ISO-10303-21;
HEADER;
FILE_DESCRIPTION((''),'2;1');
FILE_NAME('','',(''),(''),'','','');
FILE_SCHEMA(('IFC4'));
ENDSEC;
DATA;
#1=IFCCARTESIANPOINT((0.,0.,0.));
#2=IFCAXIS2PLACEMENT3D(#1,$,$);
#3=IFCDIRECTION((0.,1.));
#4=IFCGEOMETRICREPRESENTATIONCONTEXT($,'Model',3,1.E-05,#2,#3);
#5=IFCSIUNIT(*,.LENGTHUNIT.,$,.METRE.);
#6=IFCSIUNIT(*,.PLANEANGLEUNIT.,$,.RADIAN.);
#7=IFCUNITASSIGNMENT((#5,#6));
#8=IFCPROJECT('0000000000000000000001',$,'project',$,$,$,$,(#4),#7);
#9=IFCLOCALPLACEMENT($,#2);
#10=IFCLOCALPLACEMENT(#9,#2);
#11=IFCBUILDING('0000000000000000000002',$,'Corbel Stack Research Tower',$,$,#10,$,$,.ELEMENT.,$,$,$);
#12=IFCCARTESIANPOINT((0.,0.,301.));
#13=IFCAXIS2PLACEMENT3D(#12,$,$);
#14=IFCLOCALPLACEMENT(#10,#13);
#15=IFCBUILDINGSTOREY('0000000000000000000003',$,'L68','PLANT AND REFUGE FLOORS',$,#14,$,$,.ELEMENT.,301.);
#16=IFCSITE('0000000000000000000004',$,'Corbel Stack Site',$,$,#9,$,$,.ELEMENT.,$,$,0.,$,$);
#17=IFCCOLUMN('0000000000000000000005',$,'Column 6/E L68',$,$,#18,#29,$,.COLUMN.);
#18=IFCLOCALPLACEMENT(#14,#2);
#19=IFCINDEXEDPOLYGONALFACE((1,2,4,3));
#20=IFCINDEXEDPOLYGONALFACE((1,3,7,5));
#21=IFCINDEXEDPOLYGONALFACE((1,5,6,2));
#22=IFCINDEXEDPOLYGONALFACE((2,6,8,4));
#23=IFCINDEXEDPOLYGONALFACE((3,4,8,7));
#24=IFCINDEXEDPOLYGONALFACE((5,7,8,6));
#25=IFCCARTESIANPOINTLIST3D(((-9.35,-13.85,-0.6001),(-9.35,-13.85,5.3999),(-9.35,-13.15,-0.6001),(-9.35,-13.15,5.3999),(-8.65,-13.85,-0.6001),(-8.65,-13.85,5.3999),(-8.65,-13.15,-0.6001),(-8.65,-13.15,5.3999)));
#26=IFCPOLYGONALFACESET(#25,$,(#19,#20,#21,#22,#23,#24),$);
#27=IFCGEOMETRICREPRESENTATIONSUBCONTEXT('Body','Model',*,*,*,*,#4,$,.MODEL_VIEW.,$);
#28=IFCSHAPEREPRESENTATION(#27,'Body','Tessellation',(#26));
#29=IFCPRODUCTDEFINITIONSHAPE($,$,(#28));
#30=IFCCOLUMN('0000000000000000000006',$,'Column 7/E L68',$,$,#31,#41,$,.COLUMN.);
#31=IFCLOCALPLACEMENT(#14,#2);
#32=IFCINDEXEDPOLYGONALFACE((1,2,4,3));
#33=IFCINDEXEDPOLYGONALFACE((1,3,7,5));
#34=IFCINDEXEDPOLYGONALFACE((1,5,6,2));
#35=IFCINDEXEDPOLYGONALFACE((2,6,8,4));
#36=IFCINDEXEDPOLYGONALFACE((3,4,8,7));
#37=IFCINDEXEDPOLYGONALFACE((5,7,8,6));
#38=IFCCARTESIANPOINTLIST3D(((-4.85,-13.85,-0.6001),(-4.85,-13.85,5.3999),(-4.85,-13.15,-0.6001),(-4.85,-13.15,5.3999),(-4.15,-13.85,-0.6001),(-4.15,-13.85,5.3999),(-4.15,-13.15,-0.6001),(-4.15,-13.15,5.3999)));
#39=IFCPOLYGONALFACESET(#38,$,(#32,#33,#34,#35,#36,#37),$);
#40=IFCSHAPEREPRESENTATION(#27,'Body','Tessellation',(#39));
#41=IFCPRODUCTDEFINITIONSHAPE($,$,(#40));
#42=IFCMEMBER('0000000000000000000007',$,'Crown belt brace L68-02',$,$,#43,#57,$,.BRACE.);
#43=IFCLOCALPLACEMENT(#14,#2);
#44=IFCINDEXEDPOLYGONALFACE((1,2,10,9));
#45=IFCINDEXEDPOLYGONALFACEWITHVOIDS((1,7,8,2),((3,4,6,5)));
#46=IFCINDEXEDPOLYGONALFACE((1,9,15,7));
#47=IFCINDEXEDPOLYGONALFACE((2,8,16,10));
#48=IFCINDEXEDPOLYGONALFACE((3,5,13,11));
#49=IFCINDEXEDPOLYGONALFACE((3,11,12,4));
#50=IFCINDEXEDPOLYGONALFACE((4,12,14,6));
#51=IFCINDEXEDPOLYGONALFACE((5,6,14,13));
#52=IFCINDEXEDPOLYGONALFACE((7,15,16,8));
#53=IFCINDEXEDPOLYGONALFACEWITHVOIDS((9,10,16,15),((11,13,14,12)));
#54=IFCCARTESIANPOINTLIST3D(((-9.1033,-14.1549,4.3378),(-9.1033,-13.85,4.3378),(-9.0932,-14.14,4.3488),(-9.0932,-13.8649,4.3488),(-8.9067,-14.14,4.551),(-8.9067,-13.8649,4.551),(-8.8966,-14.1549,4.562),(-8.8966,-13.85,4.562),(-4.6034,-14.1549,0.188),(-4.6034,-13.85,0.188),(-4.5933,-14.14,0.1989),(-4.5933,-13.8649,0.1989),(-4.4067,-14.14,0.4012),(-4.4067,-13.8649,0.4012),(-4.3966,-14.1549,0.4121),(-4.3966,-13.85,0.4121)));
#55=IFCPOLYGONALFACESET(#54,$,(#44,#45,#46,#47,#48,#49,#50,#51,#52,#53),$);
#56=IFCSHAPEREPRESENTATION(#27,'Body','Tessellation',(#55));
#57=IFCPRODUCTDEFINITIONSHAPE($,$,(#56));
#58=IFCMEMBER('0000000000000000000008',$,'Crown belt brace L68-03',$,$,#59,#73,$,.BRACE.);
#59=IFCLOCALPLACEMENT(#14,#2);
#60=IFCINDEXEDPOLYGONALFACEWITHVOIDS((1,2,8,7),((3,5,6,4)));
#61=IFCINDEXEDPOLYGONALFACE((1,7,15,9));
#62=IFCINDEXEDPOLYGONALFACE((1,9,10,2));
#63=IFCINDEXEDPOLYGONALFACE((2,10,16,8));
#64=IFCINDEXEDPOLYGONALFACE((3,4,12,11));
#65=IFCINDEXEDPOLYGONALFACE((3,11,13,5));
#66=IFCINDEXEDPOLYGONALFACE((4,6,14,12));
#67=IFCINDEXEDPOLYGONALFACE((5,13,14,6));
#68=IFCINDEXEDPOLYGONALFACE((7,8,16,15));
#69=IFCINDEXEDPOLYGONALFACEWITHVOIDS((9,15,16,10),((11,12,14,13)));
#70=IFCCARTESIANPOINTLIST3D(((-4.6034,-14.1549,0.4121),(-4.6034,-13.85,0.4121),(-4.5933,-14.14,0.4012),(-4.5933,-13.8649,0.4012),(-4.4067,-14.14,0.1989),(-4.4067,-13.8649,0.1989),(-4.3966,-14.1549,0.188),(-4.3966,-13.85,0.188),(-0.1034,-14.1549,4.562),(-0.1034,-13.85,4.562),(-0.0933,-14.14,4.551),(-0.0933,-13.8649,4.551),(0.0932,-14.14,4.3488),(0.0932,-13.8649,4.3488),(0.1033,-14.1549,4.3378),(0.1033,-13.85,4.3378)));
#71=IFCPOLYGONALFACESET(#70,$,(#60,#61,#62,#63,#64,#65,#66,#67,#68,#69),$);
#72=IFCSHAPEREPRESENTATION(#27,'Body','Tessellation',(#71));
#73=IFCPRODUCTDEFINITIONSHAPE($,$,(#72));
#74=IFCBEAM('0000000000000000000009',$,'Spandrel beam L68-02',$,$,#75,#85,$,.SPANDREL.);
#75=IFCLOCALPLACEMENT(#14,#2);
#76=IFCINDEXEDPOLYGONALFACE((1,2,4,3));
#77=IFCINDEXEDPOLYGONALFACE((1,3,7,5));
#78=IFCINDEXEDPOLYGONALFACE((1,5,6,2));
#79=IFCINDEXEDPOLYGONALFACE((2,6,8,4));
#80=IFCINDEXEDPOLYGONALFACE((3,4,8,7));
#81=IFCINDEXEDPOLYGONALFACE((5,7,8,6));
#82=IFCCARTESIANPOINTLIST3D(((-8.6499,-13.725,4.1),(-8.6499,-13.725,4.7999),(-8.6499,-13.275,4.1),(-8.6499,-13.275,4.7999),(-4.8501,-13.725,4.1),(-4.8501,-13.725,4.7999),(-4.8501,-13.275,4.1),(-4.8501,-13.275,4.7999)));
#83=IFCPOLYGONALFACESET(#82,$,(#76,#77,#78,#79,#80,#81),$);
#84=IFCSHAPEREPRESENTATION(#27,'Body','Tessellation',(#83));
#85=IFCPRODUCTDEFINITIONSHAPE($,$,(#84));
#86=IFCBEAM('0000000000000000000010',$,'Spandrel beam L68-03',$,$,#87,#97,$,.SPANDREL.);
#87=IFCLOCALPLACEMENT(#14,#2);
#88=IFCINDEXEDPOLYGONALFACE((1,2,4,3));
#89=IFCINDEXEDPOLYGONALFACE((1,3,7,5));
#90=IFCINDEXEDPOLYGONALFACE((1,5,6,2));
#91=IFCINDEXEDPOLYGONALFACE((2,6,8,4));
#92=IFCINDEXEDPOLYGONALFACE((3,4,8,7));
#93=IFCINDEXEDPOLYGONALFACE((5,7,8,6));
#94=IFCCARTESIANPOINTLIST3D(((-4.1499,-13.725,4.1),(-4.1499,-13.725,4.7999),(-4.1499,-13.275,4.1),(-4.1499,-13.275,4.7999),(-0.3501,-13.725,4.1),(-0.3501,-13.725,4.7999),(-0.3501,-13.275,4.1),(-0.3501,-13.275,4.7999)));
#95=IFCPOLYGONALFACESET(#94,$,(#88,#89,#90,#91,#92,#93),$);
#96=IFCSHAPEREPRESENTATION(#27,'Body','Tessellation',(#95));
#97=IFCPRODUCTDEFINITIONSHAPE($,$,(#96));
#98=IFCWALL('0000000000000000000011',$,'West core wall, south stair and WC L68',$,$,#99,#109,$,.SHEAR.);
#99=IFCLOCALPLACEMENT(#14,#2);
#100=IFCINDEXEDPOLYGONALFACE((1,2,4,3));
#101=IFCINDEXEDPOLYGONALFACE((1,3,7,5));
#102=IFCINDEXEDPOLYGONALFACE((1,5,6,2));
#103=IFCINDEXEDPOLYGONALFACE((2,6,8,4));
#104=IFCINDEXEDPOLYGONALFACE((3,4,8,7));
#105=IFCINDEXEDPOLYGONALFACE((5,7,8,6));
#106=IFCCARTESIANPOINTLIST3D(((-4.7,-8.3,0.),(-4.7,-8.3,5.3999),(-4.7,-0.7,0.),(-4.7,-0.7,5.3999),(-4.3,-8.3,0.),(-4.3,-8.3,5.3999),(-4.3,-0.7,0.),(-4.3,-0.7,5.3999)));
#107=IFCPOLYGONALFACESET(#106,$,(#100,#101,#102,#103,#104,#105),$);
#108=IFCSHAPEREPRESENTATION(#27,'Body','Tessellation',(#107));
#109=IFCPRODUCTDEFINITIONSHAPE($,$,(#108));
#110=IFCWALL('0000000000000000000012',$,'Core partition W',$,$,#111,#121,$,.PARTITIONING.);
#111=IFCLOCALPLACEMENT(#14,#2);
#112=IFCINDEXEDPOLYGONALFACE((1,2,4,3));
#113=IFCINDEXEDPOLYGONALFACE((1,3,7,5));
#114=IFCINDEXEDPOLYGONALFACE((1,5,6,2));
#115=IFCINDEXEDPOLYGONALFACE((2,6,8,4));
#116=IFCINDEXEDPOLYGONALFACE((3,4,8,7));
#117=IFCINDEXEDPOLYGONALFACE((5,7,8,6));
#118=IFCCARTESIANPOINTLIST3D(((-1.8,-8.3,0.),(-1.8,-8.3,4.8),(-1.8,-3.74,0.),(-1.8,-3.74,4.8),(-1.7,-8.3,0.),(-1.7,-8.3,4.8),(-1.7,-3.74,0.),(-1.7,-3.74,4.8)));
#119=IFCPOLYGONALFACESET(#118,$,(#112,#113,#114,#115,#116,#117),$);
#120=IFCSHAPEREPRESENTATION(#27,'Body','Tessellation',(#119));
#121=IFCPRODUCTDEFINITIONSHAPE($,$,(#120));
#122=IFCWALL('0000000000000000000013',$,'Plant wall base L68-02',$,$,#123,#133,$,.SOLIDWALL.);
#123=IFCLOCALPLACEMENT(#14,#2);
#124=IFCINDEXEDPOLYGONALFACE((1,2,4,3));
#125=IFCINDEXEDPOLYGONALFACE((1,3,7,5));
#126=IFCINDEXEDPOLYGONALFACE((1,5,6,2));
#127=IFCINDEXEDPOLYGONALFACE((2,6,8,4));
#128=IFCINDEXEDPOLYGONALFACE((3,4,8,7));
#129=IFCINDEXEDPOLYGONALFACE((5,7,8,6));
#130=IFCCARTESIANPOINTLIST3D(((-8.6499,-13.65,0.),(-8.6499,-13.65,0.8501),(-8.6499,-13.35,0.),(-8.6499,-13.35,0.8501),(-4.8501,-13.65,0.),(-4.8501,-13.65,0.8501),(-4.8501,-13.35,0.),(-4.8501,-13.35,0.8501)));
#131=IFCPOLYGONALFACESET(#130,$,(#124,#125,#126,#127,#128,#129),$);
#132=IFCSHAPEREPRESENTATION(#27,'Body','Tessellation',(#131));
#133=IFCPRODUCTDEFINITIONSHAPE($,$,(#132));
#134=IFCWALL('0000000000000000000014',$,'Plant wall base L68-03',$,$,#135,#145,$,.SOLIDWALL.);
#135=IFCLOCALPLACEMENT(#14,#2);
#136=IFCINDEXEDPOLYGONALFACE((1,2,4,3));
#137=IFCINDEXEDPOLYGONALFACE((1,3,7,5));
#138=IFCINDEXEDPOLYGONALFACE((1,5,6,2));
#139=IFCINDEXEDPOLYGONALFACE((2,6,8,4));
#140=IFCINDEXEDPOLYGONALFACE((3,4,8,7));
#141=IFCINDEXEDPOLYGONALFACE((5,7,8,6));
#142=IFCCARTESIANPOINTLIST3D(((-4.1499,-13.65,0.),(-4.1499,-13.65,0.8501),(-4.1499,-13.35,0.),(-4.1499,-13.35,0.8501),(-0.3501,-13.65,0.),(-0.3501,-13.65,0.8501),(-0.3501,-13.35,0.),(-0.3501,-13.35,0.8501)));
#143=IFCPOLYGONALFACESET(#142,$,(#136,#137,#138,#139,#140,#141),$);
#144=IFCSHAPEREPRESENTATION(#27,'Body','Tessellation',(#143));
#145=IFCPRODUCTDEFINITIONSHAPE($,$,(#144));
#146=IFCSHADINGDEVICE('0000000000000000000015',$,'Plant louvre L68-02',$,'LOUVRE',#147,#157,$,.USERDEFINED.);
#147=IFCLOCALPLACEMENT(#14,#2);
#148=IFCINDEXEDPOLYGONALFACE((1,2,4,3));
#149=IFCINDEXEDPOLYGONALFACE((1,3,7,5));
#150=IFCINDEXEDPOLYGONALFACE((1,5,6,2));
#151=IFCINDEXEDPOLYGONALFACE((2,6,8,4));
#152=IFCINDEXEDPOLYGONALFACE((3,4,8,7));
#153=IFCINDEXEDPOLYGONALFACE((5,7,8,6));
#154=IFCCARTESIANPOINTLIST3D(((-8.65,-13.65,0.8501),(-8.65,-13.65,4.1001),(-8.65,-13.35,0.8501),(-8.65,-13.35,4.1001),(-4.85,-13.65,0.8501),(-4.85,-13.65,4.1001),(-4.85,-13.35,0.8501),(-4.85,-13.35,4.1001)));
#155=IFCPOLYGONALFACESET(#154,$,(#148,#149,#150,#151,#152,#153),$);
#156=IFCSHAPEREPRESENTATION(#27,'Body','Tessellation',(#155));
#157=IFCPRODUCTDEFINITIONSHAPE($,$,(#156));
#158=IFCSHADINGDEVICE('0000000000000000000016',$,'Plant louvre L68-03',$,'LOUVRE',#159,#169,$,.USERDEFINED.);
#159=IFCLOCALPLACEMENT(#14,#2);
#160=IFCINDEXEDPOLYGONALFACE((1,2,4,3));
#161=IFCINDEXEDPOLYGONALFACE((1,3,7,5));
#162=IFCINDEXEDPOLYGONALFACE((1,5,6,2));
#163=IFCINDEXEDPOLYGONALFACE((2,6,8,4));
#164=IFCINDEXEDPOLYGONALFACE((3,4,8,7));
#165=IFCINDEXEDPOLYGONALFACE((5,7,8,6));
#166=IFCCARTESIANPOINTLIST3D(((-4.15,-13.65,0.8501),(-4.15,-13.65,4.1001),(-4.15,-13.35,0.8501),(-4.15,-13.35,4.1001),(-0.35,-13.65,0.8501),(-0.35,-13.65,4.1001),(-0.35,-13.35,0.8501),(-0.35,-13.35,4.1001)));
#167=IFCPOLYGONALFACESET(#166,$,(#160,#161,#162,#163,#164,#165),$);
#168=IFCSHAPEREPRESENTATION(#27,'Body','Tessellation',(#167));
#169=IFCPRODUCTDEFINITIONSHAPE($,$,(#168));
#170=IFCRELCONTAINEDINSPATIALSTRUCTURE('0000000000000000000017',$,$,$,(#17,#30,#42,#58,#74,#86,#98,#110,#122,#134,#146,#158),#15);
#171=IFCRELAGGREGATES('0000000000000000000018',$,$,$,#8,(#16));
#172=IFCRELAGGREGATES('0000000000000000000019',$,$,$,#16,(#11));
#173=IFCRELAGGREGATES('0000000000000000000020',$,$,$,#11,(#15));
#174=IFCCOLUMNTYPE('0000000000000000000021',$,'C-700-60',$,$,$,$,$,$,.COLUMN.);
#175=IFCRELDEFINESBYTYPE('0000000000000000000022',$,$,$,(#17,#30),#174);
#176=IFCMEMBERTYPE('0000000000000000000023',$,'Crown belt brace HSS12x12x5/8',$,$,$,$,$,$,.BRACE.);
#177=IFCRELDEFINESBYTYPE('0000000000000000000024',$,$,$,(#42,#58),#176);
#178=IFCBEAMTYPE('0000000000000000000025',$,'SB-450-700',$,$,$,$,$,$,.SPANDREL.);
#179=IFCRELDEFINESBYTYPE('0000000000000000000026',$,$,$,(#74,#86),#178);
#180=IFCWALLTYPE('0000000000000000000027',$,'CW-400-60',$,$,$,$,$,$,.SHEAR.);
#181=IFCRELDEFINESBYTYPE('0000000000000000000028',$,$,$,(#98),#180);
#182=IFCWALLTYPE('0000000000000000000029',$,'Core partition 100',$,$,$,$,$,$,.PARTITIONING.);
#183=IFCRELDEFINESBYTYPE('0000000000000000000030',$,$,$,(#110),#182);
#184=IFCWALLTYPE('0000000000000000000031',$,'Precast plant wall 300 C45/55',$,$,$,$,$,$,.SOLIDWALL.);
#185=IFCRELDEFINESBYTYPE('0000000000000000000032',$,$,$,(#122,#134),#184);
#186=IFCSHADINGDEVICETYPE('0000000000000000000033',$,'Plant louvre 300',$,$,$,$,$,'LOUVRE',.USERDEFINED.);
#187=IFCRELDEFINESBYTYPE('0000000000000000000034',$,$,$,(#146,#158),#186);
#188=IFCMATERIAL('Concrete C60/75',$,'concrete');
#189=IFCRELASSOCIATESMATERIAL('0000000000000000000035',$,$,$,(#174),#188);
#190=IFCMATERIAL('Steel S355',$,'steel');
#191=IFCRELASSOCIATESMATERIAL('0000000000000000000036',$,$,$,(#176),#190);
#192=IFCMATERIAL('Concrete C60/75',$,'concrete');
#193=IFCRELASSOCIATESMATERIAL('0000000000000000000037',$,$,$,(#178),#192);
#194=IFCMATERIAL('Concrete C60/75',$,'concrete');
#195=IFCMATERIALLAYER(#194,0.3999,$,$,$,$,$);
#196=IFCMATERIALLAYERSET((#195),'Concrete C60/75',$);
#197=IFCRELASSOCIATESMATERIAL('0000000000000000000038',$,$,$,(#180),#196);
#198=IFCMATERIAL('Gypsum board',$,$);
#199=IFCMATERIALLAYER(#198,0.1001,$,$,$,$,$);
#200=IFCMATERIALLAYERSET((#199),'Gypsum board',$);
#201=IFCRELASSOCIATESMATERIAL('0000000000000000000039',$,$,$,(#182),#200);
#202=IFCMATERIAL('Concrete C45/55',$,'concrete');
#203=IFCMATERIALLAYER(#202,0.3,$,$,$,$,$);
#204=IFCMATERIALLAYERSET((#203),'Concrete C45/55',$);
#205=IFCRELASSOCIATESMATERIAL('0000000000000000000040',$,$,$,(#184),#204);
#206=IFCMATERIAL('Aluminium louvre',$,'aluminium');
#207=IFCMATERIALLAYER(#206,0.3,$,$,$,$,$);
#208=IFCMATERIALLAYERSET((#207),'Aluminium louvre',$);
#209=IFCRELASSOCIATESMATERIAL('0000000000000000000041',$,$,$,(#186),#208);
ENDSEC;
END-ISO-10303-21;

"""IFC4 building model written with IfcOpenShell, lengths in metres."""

from ifc_helpers import new_model, si_unit, direction, frame, frame_2d, origin, origin_2d, place, context, subcontext, project, spatial, rectangle, hollow_rectangle, extrude, material, layer, layer_set, material_profile, profile_set, type_object, element, save


model = new_model("IFC4")

# Units and contexts
model_context = context("Model", 3, precision=1e-05, world=origin(), true_north=direction((0.0, 1.0)))
body_context = subcontext(model_context, "Body", "Model", "MODEL_VIEW")
ifc_project = project(units=[si_unit("LENGTHUNIT", "METRE"), si_unit("PLANEANGLEUNIT", "RADIAN")], contexts=[model_context])

# Site, building, storey
site_placement = place(None, origin())
site = spatial("IfcSite", under=ifc_project, at=site_placement, Name="Corbel Stack Site", CompositionType="ELEMENT", RefElevation=0.0)
building_placement = place(site_placement, origin())
building = spatial("IfcBuilding", under=site, at=building_placement, Name="Corbel Stack Research Tower", CompositionType="ELEMENT")
storey_placement = place(building_placement, frame((0.0, 0.0, 301.0)))
storey = spatial("IfcBuildingStorey", under=building, at=storey_placement, Name="L68", Description="PLANT AND REFUGE FLOORS", CompositionType="ELEMENT", Elevation=301.0)

# Columns
ifc_material_1 = material(Name="Concrete C60/75", Category="concrete")
ifc_material_profile_1 = material_profile(ifc_material_1, rectangle(XDim=0.7, YDim=0.7, at=origin_2d()), Name="RC 700 x 700")
ifc_profile_set_1 = profile_set([ifc_material_profile_1], Name="Concrete C60/75")
column_type = type_object("IfcColumnType", Name="C-700-60", PredefinedType="COLUMN", material=ifc_profile_set_1)
for number, where, z_axis, x_axis, name in (
    (1, (-9.0, -13.5, -0.6001), (0.0, 0.0, 1.0), (1.0, 0.0, 0.0), "Column 6/E L68"),
    (2, (-4.5, -13.5, -0.6001), (0.0, 0.0, 1.0), (1.0, 0.0, 0.0), "Column 7/E L68"),
):
    element("IfcColumn", number, at=place(storey_placement, frame(where, z_axis=z_axis, x_axis=x_axis)), inside=storey, type_object=column_type, Name=name, PredefinedType="COLUMN", context=body_context, shape_type="SweptSolid", body=[
        extrude(rectangle(XDim=0.7, YDim=0.7, at=origin_2d()), origin(), (0.0, 0.0, 1.0), 6.0),
    ])

# Members
ifc_material_2 = material(Name="Steel S355", Category="steel")
ifc_material_profile_2 = material_profile(ifc_material_2, hollow_rectangle(XDim=0.3049, YDim=0.3049, WallThickness=0.0149, at=origin_2d()), Name="HSS12x12x5/8")
ifc_profile_set_2 = profile_set([ifc_material_profile_2], Name="Steel S355")
member_type = type_object("IfcMemberType", Name="Crown belt brace HSS12x12x5/8", PredefinedType="BRACE", material=ifc_profile_set_2)
for number, where, z_axis, x_axis, name in (
    (3, (-4.5, -14.0024, 0.3), (-0.735124, 0.0, 0.677932), (0.0, -1.0, 0.0), "Crown belt brace L68-02"),
    (4, (-4.5, -14.0024, 0.3), (0.735124, 0.0, 0.677932), (0.0, 1.0, 0.0), "Crown belt brace L68-03"),
):
    element("IfcMember", number, at=place(storey_placement, frame(where, z_axis=z_axis, x_axis=x_axis)), inside=storey, type_object=member_type, Name=name, PredefinedType="BRACE", context=body_context, shape_type="SweptSolid", body=[
        extrude(hollow_rectangle(XDim=0.3049, YDim=0.3049, WallThickness=0.0149, at=origin_2d()), origin(), (0.0, 0.0, 1.0), 6.1213),
    ])

# Beams
ifc_material_3 = material(Name="Concrete C60/75", Category="concrete")
ifc_material_profile_3 = material_profile(ifc_material_3, rectangle(XDim=0.45, YDim=0.7, at=origin_2d()), Name="RC 450 x 700")
ifc_profile_set_3 = profile_set([ifc_material_profile_3], Name="Concrete C60/75")
beam_type = type_object("IfcBeamType", Name="SB-450-700", PredefinedType="SPANDREL", material=ifc_profile_set_3)
for number, where, z_axis, x_axis, name in (
    (5, (-8.6499, -13.5, 4.45), (1.0, 0.0, 0.0), (0.0, 1.0, 0.0), "Spandrel beam L68-02"),
    (6, (-4.1499, -13.5, 4.45), (1.0, 0.0, 0.0), (0.0, 1.0, 0.0), "Spandrel beam L68-03"),
):
    element("IfcBeam", number, at=place(storey_placement, frame(where, z_axis=z_axis, x_axis=x_axis)), inside=storey, type_object=beam_type, Name=name, PredefinedType="SPANDREL", context=body_context, shape_type="SweptSolid", body=[
        extrude(rectangle(XDim=0.45, YDim=0.7, at=origin_2d()), origin(), (0.0, 0.0, 1.0), 3.7998),
    ])

# Walls
ifc_material_4 = material(Name="Concrete C60/75", Category="concrete")
ifc_layer_1 = layer(ifc_material_4, 0.3999)
ifc_layer_set_1 = layer_set([ifc_layer_1], Name="Concrete C60/75")
wall_type_1 = type_object("IfcWallType", Name="CW-400-60", PredefinedType="SHEAR", material=ifc_layer_set_1)
wall_1_placement = place(storey_placement, frame((-4.5, -8.3, 0.0), z_axis=(0.0, 0.0, 1.0), x_axis=(0.0, 1.0, 0.0)))
element("IfcWall", 7, at=wall_1_placement, inside=storey, type_object=wall_type_1, Name="West core wall, south stair and WC L68", PredefinedType="SHEAR", context=body_context, shape_type="SweptSolid", body=[
    extrude(rectangle(XDim=7.6001, YDim=0.3999, at=frame_2d((3.8, 0.0))), origin(), (0.0, 0.0, 1.0), 5.3999),
])
ifc_material_5 = material(Name="Gypsum board")
ifc_layer_2 = layer(ifc_material_5, 0.1001)
ifc_layer_set_2 = layer_set([ifc_layer_2], Name="Gypsum board")
wall_type_2 = type_object("IfcWallType", Name="Core partition 100", PredefinedType="PARTITIONING", material=ifc_layer_set_2)
wall_2_placement = place(storey_placement, frame((-1.75, -8.3, 0.0), z_axis=(0.0, 0.0, 1.0), x_axis=(0.0, 1.0, 0.0)))
element("IfcWall", 8, at=wall_2_placement, inside=storey, type_object=wall_type_2, Name="Core partition W", PredefinedType="PARTITIONING", context=body_context, shape_type="SweptSolid", body=[
    extrude(rectangle(XDim=4.5601, YDim=0.1001, at=frame_2d((2.28, 0.0))), origin(), (0.0, 0.0, 1.0), 4.8),
])
ifc_material_6 = material(Name="Concrete C45/55", Category="concrete")
ifc_layer_3 = layer(ifc_material_6, 0.3)
ifc_layer_set_3 = layer_set([ifc_layer_3], Name="Concrete C45/55")
wall_type_3 = type_object("IfcWallType", Name="Precast plant wall 300 C45/55", PredefinedType="SOLIDWALL", material=ifc_layer_set_3)
for number, where, z_axis, x_axis, name in (
    (9, (-8.6499, -13.5, 0.0), (0.0, 0.0, 1.0), (1.0, 0.0, 0.0), "Plant wall base L68-02"),
    (10, (-4.1499, -13.5, 0.0), (0.0, 0.0, 1.0), (1.0, 0.0, 0.0), "Plant wall base L68-03"),
):
    element("IfcWall", number, at=place(storey_placement, frame(where, z_axis=z_axis, x_axis=x_axis)), inside=storey, type_object=wall_type_3, Name=name, PredefinedType="SOLIDWALL", context=body_context, shape_type="SweptSolid", body=[
        extrude(rectangle(XDim=3.7998, YDim=0.3, at=frame_2d((1.8999, 0.0))), origin(), (0.0, 0.0, 1.0), 0.8501),
    ])

# Shading devices
ifc_material_7 = material(Name="Aluminium louvre", Category="aluminium")
ifc_layer_4 = layer(ifc_material_7, 0.3)
ifc_layer_set_4 = layer_set([ifc_layer_4], Name="Aluminium louvre")
shading_device_type = type_object("IfcShadingDeviceType", Name="Plant louvre 300", ElementType="LOUVRE", PredefinedType="USERDEFINED", material=ifc_layer_set_4)
for number, where, z_axis, x_axis, name in (
    (11, (-6.75, -13.5, 0.8501), (0.0, 0.0, 1.0), (1.0, 0.0, 0.0), "Plant louvre L68-02"),
    (12, (-2.25, -13.5, 0.8501), (0.0, 0.0, 1.0), (1.0, 0.0, 0.0), "Plant louvre L68-03"),
):
    element("IfcShadingDevice", number, at=place(storey_placement, frame(where, z_axis=z_axis, x_axis=x_axis)), inside=storey, type_object=shading_device_type, Name=name, ObjectType="LOUVRE", PredefinedType="USERDEFINED", context=body_context, shape_type="SweptSolid", body=[
        extrude(rectangle(XDim=3.8, YDim=0.3, at=origin_2d()), origin(), (0.0, 0.0, 1.0), 3.25),
    ])

save(model, "model.ifc")
